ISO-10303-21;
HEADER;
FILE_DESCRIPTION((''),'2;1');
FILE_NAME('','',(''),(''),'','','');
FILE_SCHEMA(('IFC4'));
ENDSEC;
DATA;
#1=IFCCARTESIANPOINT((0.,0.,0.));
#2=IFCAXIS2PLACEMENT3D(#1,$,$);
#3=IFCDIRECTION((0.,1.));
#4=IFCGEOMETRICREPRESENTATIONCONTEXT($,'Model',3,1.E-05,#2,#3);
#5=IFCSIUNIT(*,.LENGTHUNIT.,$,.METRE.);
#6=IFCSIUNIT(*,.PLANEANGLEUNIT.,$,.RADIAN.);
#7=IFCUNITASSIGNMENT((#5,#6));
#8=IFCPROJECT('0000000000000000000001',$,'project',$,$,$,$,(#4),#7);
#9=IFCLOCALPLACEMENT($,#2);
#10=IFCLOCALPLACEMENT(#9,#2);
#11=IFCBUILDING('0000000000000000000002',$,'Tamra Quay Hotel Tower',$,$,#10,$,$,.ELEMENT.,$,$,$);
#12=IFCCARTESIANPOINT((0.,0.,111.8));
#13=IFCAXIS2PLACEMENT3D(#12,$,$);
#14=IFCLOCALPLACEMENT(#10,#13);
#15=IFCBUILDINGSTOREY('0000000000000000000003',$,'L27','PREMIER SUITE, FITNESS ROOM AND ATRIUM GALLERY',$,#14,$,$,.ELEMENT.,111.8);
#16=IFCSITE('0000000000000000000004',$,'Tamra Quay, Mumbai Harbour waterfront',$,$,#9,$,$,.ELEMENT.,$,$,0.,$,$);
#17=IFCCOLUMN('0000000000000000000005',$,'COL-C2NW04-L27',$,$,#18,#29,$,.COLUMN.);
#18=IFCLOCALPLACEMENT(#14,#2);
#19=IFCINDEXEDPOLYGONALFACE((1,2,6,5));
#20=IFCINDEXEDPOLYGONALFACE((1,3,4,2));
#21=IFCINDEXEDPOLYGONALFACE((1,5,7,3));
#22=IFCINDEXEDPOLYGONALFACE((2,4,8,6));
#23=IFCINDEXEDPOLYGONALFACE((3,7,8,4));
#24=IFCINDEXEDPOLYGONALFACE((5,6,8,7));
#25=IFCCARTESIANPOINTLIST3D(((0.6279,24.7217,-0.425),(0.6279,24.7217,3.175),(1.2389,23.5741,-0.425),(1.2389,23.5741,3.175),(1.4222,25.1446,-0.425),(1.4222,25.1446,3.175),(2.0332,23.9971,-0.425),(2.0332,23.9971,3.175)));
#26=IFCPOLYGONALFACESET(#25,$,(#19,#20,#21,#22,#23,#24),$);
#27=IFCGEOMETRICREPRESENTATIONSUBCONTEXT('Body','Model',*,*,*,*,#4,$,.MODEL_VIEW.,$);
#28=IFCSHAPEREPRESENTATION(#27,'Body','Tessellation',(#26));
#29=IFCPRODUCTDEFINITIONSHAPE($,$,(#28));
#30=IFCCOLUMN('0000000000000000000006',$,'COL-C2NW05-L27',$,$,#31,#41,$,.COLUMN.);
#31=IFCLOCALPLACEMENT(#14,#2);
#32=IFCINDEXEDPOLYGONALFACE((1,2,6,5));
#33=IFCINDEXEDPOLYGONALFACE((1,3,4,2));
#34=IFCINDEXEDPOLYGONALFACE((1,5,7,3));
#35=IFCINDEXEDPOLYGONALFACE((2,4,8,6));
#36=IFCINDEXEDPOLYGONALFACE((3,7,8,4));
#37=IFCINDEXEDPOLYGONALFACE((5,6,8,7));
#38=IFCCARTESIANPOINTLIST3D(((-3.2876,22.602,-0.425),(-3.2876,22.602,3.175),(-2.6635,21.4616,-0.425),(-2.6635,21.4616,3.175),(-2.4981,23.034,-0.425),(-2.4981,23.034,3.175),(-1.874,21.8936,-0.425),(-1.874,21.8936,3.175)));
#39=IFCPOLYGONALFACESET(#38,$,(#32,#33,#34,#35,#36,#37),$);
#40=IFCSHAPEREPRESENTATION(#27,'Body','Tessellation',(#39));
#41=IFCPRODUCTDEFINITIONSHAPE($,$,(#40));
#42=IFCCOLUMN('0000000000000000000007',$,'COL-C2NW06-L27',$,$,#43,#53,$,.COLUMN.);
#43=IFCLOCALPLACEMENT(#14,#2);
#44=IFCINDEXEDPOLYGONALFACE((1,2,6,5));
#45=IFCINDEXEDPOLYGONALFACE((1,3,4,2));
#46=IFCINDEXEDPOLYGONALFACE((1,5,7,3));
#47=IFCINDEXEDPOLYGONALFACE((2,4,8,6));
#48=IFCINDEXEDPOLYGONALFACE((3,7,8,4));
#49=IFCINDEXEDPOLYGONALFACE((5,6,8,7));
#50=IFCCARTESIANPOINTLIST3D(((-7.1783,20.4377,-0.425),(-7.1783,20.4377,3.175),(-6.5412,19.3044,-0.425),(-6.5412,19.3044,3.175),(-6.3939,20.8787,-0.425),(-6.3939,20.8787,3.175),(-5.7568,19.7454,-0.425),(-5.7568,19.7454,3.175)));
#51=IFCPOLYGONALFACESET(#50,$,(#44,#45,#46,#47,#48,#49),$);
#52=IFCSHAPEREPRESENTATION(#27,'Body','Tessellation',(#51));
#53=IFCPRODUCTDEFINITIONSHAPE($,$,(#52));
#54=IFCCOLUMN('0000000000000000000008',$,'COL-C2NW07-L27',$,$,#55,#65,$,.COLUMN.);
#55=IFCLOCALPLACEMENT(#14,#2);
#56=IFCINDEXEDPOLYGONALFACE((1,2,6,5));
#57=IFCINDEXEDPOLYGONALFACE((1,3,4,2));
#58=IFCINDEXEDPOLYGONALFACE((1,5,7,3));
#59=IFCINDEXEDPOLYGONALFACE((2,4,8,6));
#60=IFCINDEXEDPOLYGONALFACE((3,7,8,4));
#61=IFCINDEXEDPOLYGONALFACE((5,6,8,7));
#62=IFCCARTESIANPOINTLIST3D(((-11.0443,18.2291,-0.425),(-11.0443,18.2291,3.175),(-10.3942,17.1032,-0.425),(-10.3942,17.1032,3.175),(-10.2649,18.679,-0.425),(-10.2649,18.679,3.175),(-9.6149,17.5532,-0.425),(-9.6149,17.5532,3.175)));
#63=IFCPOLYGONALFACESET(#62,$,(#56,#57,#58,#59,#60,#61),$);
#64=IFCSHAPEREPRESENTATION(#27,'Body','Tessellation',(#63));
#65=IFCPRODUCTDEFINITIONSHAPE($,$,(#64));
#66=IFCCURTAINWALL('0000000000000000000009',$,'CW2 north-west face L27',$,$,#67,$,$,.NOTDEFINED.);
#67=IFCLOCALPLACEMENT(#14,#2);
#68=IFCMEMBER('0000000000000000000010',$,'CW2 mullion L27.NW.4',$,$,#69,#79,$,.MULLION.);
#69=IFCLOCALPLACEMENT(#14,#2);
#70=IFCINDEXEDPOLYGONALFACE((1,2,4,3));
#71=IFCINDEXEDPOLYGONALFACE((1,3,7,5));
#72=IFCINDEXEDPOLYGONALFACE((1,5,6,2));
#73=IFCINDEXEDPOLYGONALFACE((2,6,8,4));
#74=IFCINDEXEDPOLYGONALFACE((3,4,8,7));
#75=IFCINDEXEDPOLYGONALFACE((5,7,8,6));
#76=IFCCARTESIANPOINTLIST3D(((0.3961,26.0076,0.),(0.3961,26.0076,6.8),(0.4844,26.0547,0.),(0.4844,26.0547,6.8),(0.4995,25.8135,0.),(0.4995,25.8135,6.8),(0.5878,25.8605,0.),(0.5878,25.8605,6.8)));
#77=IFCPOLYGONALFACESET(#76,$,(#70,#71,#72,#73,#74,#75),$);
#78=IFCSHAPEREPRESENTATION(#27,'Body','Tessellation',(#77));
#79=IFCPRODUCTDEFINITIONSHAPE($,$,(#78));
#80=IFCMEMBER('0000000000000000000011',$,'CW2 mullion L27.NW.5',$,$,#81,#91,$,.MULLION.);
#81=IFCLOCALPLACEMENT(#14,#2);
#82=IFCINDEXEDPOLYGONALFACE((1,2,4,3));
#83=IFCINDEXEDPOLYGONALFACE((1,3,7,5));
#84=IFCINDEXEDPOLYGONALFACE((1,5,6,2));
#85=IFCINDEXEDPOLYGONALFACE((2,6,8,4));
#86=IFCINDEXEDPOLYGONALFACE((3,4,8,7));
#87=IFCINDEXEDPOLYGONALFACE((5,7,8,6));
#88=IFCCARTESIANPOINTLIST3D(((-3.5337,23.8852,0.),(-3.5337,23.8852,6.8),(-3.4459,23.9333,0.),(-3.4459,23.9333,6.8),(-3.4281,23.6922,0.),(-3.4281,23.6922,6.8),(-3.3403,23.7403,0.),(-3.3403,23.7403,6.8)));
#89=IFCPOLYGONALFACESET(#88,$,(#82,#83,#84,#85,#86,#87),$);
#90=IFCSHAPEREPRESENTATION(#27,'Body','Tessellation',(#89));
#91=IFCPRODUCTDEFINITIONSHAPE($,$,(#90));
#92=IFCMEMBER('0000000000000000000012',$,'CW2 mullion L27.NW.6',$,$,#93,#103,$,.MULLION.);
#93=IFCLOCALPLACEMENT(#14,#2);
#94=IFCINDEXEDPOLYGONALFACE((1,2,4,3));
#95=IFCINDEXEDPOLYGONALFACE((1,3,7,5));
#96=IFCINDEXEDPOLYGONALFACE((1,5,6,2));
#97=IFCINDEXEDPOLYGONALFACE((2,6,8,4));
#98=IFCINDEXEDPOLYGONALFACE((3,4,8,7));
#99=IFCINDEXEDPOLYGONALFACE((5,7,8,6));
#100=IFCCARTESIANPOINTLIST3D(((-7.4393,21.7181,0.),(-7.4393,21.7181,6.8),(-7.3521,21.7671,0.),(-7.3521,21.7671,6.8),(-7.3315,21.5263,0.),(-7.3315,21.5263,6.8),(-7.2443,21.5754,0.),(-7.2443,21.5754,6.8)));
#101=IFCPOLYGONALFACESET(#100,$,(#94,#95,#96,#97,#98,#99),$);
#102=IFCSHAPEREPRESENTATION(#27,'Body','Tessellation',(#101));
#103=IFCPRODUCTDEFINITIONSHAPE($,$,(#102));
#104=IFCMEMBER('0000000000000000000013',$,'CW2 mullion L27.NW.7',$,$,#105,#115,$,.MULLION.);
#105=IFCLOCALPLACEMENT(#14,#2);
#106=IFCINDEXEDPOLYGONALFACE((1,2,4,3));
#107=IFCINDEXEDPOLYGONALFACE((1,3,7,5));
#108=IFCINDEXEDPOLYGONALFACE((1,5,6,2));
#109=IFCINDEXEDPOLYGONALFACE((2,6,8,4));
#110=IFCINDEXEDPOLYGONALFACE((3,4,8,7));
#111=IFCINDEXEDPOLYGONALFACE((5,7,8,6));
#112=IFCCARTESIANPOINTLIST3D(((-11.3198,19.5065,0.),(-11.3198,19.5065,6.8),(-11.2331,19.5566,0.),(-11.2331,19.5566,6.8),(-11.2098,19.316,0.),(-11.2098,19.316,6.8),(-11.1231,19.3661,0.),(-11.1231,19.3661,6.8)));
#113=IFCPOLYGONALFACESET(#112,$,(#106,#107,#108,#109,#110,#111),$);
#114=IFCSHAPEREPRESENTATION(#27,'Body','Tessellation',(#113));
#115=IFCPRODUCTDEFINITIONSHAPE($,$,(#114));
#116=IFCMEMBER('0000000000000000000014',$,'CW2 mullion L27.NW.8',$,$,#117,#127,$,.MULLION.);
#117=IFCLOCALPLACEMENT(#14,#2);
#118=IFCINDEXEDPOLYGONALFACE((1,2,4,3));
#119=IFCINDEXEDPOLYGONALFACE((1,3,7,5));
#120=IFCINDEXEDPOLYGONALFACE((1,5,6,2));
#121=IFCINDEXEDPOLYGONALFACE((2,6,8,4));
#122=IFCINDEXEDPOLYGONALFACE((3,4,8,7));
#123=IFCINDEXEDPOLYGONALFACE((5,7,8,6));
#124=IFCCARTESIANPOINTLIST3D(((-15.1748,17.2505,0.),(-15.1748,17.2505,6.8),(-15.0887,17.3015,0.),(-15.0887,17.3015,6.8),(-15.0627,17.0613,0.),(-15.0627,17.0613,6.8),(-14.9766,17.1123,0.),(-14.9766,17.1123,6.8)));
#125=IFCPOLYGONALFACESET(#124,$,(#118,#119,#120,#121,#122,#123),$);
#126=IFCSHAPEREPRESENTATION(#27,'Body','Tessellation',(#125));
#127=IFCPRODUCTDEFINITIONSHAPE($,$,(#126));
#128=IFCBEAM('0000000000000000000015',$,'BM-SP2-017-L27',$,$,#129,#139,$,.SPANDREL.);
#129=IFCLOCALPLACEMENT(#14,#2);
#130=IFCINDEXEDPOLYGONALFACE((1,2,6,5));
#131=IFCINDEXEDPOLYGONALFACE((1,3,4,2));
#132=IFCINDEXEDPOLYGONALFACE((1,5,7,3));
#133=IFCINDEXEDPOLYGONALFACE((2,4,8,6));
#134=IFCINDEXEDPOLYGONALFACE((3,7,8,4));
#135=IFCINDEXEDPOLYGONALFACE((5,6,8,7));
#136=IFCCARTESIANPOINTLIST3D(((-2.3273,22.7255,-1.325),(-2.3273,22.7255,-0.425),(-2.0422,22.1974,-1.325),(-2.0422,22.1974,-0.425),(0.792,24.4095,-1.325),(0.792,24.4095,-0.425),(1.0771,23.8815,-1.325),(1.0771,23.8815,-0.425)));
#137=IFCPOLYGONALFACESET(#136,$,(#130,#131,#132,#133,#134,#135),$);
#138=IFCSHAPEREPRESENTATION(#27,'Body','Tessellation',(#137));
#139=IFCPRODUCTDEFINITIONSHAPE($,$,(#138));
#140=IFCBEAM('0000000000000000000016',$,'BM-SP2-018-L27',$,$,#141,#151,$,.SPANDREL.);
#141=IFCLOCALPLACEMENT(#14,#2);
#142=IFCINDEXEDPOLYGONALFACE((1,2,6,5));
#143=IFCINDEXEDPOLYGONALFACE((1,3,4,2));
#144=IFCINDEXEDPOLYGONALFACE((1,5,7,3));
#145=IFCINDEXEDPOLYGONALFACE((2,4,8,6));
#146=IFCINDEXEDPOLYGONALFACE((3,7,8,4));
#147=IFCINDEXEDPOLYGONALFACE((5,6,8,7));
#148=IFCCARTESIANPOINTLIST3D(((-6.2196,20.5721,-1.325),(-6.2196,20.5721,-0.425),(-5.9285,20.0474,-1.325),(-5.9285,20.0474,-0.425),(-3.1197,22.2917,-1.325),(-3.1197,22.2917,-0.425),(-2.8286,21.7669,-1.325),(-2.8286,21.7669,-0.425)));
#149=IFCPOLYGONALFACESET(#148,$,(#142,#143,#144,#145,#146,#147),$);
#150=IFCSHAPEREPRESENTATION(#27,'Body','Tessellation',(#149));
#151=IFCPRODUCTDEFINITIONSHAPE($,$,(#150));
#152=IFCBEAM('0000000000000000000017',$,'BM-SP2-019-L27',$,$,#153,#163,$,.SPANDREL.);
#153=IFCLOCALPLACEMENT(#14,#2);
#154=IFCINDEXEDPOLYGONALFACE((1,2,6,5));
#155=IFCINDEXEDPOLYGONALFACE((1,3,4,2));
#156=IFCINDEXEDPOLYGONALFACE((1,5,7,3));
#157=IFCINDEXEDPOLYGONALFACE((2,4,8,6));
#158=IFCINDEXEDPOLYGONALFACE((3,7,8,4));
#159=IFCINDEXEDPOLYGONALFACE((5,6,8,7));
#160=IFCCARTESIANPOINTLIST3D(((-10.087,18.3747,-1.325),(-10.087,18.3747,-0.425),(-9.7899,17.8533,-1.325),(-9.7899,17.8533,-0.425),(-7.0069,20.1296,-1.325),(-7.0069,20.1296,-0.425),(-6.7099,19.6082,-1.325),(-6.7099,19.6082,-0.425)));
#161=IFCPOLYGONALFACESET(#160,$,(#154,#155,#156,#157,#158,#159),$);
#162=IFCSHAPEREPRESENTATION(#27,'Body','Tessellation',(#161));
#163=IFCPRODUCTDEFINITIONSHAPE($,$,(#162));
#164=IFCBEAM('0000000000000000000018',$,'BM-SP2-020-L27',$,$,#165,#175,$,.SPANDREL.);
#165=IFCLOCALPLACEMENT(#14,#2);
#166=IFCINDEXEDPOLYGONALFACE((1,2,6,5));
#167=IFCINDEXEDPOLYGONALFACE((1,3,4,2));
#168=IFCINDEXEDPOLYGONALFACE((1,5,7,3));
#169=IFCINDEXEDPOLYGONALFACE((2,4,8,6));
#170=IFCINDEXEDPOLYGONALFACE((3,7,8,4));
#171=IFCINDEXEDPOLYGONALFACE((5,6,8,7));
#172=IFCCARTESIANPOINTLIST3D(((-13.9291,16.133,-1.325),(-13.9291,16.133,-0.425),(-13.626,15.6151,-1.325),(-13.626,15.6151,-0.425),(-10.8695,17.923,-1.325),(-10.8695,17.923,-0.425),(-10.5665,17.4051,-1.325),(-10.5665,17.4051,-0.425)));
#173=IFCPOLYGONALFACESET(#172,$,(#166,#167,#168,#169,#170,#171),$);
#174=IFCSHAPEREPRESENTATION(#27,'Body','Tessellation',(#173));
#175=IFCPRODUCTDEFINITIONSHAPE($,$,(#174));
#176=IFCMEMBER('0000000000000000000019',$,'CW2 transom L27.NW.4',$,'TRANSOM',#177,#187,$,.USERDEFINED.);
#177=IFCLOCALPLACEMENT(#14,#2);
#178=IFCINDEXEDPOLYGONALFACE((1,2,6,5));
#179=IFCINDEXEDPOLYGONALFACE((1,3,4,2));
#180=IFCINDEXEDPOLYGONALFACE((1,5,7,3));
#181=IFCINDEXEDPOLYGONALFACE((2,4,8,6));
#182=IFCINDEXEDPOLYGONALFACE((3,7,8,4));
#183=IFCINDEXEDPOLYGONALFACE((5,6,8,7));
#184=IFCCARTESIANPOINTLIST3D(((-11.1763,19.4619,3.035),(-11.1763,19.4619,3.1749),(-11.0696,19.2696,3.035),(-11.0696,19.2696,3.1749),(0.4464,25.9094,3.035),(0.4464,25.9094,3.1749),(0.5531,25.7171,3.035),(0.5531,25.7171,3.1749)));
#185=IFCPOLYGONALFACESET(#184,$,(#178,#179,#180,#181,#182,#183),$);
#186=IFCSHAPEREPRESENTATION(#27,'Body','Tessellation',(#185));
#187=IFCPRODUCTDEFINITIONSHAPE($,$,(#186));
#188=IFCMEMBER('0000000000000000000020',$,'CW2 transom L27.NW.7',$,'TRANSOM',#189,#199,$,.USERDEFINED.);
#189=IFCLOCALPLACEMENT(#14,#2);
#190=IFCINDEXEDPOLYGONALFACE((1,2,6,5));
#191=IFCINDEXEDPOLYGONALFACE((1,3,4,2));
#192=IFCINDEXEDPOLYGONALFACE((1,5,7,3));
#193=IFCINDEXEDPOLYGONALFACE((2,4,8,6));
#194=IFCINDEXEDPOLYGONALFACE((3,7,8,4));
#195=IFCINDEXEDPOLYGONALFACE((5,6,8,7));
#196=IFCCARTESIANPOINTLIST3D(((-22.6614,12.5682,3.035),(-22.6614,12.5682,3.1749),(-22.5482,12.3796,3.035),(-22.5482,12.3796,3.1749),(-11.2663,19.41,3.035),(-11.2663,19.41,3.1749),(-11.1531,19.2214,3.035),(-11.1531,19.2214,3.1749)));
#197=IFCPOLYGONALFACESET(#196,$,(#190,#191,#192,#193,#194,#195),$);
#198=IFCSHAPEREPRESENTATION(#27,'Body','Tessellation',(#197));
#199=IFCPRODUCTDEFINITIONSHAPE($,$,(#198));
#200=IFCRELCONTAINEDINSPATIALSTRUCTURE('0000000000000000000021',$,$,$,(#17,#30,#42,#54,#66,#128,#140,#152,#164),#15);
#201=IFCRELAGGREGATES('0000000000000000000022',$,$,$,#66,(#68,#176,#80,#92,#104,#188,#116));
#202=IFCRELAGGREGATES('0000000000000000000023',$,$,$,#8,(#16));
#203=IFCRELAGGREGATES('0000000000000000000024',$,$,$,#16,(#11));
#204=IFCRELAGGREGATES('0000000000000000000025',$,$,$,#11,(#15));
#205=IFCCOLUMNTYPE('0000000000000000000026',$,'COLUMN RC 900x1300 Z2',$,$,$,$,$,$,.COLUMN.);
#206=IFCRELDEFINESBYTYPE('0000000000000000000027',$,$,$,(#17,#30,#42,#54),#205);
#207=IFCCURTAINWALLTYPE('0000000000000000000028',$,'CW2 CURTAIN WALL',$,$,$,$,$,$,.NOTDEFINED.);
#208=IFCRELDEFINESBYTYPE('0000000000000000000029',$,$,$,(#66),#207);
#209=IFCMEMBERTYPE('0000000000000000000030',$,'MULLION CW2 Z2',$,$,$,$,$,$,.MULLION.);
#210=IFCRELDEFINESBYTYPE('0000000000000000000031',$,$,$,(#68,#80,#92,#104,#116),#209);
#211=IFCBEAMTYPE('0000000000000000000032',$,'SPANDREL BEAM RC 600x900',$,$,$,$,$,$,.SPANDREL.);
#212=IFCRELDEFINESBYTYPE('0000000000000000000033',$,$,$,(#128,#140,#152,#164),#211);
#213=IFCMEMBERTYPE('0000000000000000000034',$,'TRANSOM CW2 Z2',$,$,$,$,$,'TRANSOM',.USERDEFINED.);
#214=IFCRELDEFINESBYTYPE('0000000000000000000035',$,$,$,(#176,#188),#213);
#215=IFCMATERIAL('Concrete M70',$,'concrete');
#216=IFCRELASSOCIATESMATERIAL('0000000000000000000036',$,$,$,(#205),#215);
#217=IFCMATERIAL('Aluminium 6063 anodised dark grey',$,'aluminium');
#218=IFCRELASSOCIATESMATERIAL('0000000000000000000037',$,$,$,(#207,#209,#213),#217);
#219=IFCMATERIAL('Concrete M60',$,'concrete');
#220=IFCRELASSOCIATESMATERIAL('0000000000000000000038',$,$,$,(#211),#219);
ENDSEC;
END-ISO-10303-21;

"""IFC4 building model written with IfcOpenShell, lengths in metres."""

from ifc_helpers import new_model, si_unit, direction, frame, origin, origin_2d, place, context, subcontext, project, spatial, rectangle, extrude, material, material_profile, profile_set, type_object, element, aggregate, save


model = new_model("IFC4")

# Units and contexts
model_context = context("Model", 3, precision=1e-05, world=origin(), true_north=direction((0.0, 1.0)))
body_context = subcontext(model_context, "Body", "Model", "MODEL_VIEW")
ifc_project = project(units=[si_unit("LENGTHUNIT", "METRE"), si_unit("PLANEANGLEUNIT", "RADIAN")], contexts=[model_context])

# Site, building, storey
site_placement = place(None, origin())
site = spatial("IfcSite", under=ifc_project, at=site_placement, Name="Tamra Quay, Mumbai Harbour waterfront", CompositionType="ELEMENT", RefElevation=0.0)
building_placement = place(site_placement, origin())
building = spatial("IfcBuilding", under=site, at=building_placement, Name="Tamra Quay Hotel Tower", CompositionType="ELEMENT")
storey_placement = place(building_placement, frame((0.0, 0.0, 111.8)))
storey = spatial("IfcBuildingStorey", under=building, at=storey_placement, Name="L27", Description="PREMIER SUITE, FITNESS ROOM AND ATRIUM GALLERY", CompositionType="ELEMENT", Elevation=111.8)

# Columns
ifc_material_1 = material(Name="Concrete M70", Category="concrete")
ifc_material_profile_1 = material_profile(ifc_material_1, rectangle(XDim=1.3, YDim=0.8999, at=origin_2d()), Name="COLUMN RC 900x1300 Z2")
ifc_profile_set_1 = profile_set([ifc_material_profile_1], Name="Concrete M70")
column_type = type_object("IfcColumnType", Name="COLUMN RC 900x1300 Z2", PredefinedType="COLUMN", material=ifc_profile_set_1)
for number, where, z_axis, x_axis, name in (
    (1, (1.3306, 24.3594, -0.425), (0.0, 0.0, 1.0), (-0.470002, 0.882666, 0.0), "COL-C2NW04-L27"),
    (2, (-2.5808, 22.2478, -0.425), (0.0, 0.0, 1.0), (-0.48006, 0.877236, 0.0), "COL-C2NW05-L27"),
    (3, (-6.4675, 20.0916, -0.425), (0.0, 0.0, 1.0), (-0.490061, 0.871688, 0.0), "COL-C2NW06-L27"),
    (4, (-10.3296, 17.8911, -0.425), (0.0, 0.0, 1.0), (-0.5, 0.866025, 0.0), "COL-C2NW07-L27"),
):
    element("IfcColumn", number, at=place(storey_placement, frame(where, z_axis=z_axis, x_axis=x_axis)), inside=storey, type_object=column_type, Name=name, PredefinedType="COLUMN", context=body_context, shape_type="SweptSolid", body=[
        extrude(rectangle(XDim=1.3, YDim=0.8999, at=origin_2d()), origin(), (0.0, 0.0, 1.0), 3.6001),
    ])

# Curtain wall, members
ifc_material_2 = material(Name="Aluminium 6063 anodised dark grey", Category="aluminium")
curtain_wall_type = type_object("IfcCurtainWallType", Name="CW2 CURTAIN WALL", PredefinedType="NOTDEFINED", material=ifc_material_2)
curtain_wall_placement = place(storey_placement, origin())
curtain_wall = element("IfcCurtainWall", 5, at=curtain_wall_placement, inside=storey, type_object=curtain_wall_type, Name="CW2 north-west face L27", PredefinedType="NOTDEFINED")
ifc_material_profile_2 = material_profile(ifc_material_2, rectangle(XDim=0.22, YDim=0.1001, at=origin_2d()), Name="MULLION 100X220")
ifc_profile_set_2 = profile_set([ifc_material_profile_2], Name="Aluminium 6063 anodised dark grey")
member_type_1 = type_object("IfcMemberType", Name="MULLION CW2 Z2", PredefinedType="MULLION", material=ifc_profile_set_2)
member_1_placement = place(storey_placement, frame((0.4919, 25.9341, 0.0), z_axis=(0.0, 0.0, 1.0), x_axis=(-0.470049, 0.88264, 0.0)))
member_1 = element("IfcMember", 6, at=member_1_placement, type_object=member_type_1, Name="CW2 mullion L27.NW.4", PredefinedType="MULLION", context=body_context, shape_type="SweptSolid", body=[
    extrude(rectangle(XDim=0.22, YDim=0.1001, at=origin_2d()), origin(), (0.0, 0.0, 1.0), 6.8),
])
member_2_placement = place(storey_placement, frame((-3.437, 23.8127, 0.0), z_axis=(0.0, 0.0, 1.0), x_axis=(-0.480089, 0.87722, 0.0)))
member_2 = element("IfcMember", 7, at=member_2_placement, type_object=member_type_1, Name="CW2 mullion L27.NW.5", PredefinedType="MULLION", context=body_context, shape_type="SweptSolid", body=[
    extrude(rectangle(XDim=0.22, YDim=0.1001, at=origin_2d()), origin(), (0.0, 0.0, 1.0), 6.8),
])
member_3_placement = place(storey_placement, frame((-7.3418, 21.6467, 0.0), z_axis=(0.0, 0.0, 1.0), x_axis=(-0.490074, 0.871681, 0.0)))
member_3 = element("IfcMember", 8, at=member_3_placement, type_object=member_type_1, Name="CW2 mullion L27.NW.6", PredefinedType="MULLION", context=body_context, shape_type="SweptSolid", body=[
    extrude(rectangle(XDim=0.22, YDim=0.1001, at=origin_2d()), origin(), (0.0, 0.0, 1.0), 6.8),
])
member_4_placement = place(storey_placement, frame((-11.2214, 19.4363, 0.0), z_axis=(0.0, 0.0, 1.0), x_axis=(-0.5, 0.866025, 0.0)))
member_4 = element("IfcMember", 9, at=member_4_placement, type_object=member_type_1, Name="CW2 mullion L27.NW.7", PredefinedType="MULLION", context=body_context, shape_type="SweptSolid", body=[
    extrude(rectangle(XDim=0.22, YDim=0.1001, at=origin_2d()), origin(), (0.0, 0.0, 1.0), 6.8),
])
member_5_placement = place(storey_placement, frame((-15.0757, 17.1814, 0.0), z_axis=(0.0, 0.0, 1.0), x_axis=(-0.50986, 0.860257, 0.0)))
member_5 = element("IfcMember", 10, at=member_5_placement, type_object=member_type_1, Name="CW2 mullion L27.NW.8", PredefinedType="MULLION", context=body_context, shape_type="SweptSolid", body=[
    extrude(rectangle(XDim=0.22, YDim=0.1001, at=origin_2d()), origin(), (0.0, 0.0, 1.0), 6.8),
])

# Beams
ifc_material_3 = material(Name="Concrete M60", Category="concrete")
ifc_material_profile_3 = material_profile(ifc_material_3, rectangle(XDim=0.6001, YDim=0.8999, at=origin_2d()), Name="SPANDREL BEAM RC 600x900")
ifc_profile_set_3 = profile_set([ifc_material_profile_3], Name="Concrete M60")
beam_type = type_object("IfcBeamType", Name="SPANDREL BEAM RC 600x900", PredefinedType="SPANDREL", material=ifc_profile_set_3)
for number, where, z_axis, x_axis, name in (
    (11, (0.9346, 24.1455, -0.875), (-0.879951, -0.475065, 0.0), (0.475065, -0.879951, 0.0), "BM-SP2-017-L27"),
    (12, (-2.9741, 22.0293, -0.875), (-0.874475, -0.48507, 0.0), (0.48507, -0.874475, 0.0), "BM-SP2-018-L27"),
    (13, (-6.8584, 19.8689, -0.875), (-0.86887, -0.495041, 0.0), (0.495041, -0.86887, 0.0), "BM-SP2-019-L27"),
):
    element("IfcBeam", number, at=place(storey_placement, frame(where, z_axis=z_axis, x_axis=x_axis)), inside=storey, type_object=beam_type, Name=name, PredefinedType="SPANDREL", context=body_context, shape_type="SweptSolid", body=[
        extrude(rectangle(XDim=0.6001, YDim=0.8999, at=origin_2d()), origin(), (0.0, 0.0, 1.0), 3.5449),
    ])
beam_placement = place(storey_placement, frame((-10.718, 17.6641, -0.875), z_axis=(-0.863129, -0.504984, 0.0), x_axis=(0.504984, -0.863129, 0.0)))
element("IfcBeam", 14, at=beam_placement, inside=storey, type_object=beam_type, Name="BM-SP2-020-L27", PredefinedType="SPANDREL", context=body_context, shape_type="SweptSolid", body=[
    extrude(rectangle(XDim=0.6001, YDim=0.8999, at=origin_2d()), origin(), (0.0, 0.0, 1.0), 3.5447),
])

# Members
ifc_material_profile_4 = material_profile(ifc_material_2, rectangle(XDim=0.22, YDim=0.1399, at=origin_2d()), Name="TRANSOM 220X140")
ifc_profile_set_4 = profile_set([ifc_material_profile_4], Name="Aluminium 6063 anodised dark grey")
member_type_2 = type_object("IfcMemberType", Name="TRANSOM CW2 Z2", ElementType="TRANSOM", PredefinedType="USERDEFINED", material=ifc_profile_set_4)
member_6_placement = place(storey_placement, frame((0.4998, 25.8132, 3.105), z_axis=(-0.874464, -0.485091, 0.0), x_axis=(0.485091, -0.874464, 0.0)))
member_6 = element("IfcMember", 15, at=member_6_placement, type_object=member_type_2, Name="CW2 transom L27.NW.4", ObjectType="TRANSOM", PredefinedType="USERDEFINED", context=body_context, shape_type="SweptSolid", body=[
    extrude(rectangle(XDim=0.22, YDim=0.1399, at=origin_2d()), origin(), (0.0, 0.0, 1.0), 13.2913),
])
member_7_placement = place(storey_placement, frame((-11.2097, 19.3157, 3.105), z_axis=(-0.857334, -0.51476, 0.0), x_axis=(0.51476, -0.857334, 0.0)))
member_7 = element("IfcMember", 16, at=member_7_placement, type_object=member_type_2, Name="CW2 transom L27.NW.7", ObjectType="TRANSOM", PredefinedType="USERDEFINED", context=body_context, shape_type="SweptSolid", body=[
    extrude(rectangle(XDim=0.22, YDim=0.1399, at=origin_2d()), origin(), (0.0, 0.0, 1.0), 13.2913),
])

aggregate(curtain_wall, [member_1, member_6, member_2, member_3, member_4, member_7, member_5])

save(model, "model.ifc")
